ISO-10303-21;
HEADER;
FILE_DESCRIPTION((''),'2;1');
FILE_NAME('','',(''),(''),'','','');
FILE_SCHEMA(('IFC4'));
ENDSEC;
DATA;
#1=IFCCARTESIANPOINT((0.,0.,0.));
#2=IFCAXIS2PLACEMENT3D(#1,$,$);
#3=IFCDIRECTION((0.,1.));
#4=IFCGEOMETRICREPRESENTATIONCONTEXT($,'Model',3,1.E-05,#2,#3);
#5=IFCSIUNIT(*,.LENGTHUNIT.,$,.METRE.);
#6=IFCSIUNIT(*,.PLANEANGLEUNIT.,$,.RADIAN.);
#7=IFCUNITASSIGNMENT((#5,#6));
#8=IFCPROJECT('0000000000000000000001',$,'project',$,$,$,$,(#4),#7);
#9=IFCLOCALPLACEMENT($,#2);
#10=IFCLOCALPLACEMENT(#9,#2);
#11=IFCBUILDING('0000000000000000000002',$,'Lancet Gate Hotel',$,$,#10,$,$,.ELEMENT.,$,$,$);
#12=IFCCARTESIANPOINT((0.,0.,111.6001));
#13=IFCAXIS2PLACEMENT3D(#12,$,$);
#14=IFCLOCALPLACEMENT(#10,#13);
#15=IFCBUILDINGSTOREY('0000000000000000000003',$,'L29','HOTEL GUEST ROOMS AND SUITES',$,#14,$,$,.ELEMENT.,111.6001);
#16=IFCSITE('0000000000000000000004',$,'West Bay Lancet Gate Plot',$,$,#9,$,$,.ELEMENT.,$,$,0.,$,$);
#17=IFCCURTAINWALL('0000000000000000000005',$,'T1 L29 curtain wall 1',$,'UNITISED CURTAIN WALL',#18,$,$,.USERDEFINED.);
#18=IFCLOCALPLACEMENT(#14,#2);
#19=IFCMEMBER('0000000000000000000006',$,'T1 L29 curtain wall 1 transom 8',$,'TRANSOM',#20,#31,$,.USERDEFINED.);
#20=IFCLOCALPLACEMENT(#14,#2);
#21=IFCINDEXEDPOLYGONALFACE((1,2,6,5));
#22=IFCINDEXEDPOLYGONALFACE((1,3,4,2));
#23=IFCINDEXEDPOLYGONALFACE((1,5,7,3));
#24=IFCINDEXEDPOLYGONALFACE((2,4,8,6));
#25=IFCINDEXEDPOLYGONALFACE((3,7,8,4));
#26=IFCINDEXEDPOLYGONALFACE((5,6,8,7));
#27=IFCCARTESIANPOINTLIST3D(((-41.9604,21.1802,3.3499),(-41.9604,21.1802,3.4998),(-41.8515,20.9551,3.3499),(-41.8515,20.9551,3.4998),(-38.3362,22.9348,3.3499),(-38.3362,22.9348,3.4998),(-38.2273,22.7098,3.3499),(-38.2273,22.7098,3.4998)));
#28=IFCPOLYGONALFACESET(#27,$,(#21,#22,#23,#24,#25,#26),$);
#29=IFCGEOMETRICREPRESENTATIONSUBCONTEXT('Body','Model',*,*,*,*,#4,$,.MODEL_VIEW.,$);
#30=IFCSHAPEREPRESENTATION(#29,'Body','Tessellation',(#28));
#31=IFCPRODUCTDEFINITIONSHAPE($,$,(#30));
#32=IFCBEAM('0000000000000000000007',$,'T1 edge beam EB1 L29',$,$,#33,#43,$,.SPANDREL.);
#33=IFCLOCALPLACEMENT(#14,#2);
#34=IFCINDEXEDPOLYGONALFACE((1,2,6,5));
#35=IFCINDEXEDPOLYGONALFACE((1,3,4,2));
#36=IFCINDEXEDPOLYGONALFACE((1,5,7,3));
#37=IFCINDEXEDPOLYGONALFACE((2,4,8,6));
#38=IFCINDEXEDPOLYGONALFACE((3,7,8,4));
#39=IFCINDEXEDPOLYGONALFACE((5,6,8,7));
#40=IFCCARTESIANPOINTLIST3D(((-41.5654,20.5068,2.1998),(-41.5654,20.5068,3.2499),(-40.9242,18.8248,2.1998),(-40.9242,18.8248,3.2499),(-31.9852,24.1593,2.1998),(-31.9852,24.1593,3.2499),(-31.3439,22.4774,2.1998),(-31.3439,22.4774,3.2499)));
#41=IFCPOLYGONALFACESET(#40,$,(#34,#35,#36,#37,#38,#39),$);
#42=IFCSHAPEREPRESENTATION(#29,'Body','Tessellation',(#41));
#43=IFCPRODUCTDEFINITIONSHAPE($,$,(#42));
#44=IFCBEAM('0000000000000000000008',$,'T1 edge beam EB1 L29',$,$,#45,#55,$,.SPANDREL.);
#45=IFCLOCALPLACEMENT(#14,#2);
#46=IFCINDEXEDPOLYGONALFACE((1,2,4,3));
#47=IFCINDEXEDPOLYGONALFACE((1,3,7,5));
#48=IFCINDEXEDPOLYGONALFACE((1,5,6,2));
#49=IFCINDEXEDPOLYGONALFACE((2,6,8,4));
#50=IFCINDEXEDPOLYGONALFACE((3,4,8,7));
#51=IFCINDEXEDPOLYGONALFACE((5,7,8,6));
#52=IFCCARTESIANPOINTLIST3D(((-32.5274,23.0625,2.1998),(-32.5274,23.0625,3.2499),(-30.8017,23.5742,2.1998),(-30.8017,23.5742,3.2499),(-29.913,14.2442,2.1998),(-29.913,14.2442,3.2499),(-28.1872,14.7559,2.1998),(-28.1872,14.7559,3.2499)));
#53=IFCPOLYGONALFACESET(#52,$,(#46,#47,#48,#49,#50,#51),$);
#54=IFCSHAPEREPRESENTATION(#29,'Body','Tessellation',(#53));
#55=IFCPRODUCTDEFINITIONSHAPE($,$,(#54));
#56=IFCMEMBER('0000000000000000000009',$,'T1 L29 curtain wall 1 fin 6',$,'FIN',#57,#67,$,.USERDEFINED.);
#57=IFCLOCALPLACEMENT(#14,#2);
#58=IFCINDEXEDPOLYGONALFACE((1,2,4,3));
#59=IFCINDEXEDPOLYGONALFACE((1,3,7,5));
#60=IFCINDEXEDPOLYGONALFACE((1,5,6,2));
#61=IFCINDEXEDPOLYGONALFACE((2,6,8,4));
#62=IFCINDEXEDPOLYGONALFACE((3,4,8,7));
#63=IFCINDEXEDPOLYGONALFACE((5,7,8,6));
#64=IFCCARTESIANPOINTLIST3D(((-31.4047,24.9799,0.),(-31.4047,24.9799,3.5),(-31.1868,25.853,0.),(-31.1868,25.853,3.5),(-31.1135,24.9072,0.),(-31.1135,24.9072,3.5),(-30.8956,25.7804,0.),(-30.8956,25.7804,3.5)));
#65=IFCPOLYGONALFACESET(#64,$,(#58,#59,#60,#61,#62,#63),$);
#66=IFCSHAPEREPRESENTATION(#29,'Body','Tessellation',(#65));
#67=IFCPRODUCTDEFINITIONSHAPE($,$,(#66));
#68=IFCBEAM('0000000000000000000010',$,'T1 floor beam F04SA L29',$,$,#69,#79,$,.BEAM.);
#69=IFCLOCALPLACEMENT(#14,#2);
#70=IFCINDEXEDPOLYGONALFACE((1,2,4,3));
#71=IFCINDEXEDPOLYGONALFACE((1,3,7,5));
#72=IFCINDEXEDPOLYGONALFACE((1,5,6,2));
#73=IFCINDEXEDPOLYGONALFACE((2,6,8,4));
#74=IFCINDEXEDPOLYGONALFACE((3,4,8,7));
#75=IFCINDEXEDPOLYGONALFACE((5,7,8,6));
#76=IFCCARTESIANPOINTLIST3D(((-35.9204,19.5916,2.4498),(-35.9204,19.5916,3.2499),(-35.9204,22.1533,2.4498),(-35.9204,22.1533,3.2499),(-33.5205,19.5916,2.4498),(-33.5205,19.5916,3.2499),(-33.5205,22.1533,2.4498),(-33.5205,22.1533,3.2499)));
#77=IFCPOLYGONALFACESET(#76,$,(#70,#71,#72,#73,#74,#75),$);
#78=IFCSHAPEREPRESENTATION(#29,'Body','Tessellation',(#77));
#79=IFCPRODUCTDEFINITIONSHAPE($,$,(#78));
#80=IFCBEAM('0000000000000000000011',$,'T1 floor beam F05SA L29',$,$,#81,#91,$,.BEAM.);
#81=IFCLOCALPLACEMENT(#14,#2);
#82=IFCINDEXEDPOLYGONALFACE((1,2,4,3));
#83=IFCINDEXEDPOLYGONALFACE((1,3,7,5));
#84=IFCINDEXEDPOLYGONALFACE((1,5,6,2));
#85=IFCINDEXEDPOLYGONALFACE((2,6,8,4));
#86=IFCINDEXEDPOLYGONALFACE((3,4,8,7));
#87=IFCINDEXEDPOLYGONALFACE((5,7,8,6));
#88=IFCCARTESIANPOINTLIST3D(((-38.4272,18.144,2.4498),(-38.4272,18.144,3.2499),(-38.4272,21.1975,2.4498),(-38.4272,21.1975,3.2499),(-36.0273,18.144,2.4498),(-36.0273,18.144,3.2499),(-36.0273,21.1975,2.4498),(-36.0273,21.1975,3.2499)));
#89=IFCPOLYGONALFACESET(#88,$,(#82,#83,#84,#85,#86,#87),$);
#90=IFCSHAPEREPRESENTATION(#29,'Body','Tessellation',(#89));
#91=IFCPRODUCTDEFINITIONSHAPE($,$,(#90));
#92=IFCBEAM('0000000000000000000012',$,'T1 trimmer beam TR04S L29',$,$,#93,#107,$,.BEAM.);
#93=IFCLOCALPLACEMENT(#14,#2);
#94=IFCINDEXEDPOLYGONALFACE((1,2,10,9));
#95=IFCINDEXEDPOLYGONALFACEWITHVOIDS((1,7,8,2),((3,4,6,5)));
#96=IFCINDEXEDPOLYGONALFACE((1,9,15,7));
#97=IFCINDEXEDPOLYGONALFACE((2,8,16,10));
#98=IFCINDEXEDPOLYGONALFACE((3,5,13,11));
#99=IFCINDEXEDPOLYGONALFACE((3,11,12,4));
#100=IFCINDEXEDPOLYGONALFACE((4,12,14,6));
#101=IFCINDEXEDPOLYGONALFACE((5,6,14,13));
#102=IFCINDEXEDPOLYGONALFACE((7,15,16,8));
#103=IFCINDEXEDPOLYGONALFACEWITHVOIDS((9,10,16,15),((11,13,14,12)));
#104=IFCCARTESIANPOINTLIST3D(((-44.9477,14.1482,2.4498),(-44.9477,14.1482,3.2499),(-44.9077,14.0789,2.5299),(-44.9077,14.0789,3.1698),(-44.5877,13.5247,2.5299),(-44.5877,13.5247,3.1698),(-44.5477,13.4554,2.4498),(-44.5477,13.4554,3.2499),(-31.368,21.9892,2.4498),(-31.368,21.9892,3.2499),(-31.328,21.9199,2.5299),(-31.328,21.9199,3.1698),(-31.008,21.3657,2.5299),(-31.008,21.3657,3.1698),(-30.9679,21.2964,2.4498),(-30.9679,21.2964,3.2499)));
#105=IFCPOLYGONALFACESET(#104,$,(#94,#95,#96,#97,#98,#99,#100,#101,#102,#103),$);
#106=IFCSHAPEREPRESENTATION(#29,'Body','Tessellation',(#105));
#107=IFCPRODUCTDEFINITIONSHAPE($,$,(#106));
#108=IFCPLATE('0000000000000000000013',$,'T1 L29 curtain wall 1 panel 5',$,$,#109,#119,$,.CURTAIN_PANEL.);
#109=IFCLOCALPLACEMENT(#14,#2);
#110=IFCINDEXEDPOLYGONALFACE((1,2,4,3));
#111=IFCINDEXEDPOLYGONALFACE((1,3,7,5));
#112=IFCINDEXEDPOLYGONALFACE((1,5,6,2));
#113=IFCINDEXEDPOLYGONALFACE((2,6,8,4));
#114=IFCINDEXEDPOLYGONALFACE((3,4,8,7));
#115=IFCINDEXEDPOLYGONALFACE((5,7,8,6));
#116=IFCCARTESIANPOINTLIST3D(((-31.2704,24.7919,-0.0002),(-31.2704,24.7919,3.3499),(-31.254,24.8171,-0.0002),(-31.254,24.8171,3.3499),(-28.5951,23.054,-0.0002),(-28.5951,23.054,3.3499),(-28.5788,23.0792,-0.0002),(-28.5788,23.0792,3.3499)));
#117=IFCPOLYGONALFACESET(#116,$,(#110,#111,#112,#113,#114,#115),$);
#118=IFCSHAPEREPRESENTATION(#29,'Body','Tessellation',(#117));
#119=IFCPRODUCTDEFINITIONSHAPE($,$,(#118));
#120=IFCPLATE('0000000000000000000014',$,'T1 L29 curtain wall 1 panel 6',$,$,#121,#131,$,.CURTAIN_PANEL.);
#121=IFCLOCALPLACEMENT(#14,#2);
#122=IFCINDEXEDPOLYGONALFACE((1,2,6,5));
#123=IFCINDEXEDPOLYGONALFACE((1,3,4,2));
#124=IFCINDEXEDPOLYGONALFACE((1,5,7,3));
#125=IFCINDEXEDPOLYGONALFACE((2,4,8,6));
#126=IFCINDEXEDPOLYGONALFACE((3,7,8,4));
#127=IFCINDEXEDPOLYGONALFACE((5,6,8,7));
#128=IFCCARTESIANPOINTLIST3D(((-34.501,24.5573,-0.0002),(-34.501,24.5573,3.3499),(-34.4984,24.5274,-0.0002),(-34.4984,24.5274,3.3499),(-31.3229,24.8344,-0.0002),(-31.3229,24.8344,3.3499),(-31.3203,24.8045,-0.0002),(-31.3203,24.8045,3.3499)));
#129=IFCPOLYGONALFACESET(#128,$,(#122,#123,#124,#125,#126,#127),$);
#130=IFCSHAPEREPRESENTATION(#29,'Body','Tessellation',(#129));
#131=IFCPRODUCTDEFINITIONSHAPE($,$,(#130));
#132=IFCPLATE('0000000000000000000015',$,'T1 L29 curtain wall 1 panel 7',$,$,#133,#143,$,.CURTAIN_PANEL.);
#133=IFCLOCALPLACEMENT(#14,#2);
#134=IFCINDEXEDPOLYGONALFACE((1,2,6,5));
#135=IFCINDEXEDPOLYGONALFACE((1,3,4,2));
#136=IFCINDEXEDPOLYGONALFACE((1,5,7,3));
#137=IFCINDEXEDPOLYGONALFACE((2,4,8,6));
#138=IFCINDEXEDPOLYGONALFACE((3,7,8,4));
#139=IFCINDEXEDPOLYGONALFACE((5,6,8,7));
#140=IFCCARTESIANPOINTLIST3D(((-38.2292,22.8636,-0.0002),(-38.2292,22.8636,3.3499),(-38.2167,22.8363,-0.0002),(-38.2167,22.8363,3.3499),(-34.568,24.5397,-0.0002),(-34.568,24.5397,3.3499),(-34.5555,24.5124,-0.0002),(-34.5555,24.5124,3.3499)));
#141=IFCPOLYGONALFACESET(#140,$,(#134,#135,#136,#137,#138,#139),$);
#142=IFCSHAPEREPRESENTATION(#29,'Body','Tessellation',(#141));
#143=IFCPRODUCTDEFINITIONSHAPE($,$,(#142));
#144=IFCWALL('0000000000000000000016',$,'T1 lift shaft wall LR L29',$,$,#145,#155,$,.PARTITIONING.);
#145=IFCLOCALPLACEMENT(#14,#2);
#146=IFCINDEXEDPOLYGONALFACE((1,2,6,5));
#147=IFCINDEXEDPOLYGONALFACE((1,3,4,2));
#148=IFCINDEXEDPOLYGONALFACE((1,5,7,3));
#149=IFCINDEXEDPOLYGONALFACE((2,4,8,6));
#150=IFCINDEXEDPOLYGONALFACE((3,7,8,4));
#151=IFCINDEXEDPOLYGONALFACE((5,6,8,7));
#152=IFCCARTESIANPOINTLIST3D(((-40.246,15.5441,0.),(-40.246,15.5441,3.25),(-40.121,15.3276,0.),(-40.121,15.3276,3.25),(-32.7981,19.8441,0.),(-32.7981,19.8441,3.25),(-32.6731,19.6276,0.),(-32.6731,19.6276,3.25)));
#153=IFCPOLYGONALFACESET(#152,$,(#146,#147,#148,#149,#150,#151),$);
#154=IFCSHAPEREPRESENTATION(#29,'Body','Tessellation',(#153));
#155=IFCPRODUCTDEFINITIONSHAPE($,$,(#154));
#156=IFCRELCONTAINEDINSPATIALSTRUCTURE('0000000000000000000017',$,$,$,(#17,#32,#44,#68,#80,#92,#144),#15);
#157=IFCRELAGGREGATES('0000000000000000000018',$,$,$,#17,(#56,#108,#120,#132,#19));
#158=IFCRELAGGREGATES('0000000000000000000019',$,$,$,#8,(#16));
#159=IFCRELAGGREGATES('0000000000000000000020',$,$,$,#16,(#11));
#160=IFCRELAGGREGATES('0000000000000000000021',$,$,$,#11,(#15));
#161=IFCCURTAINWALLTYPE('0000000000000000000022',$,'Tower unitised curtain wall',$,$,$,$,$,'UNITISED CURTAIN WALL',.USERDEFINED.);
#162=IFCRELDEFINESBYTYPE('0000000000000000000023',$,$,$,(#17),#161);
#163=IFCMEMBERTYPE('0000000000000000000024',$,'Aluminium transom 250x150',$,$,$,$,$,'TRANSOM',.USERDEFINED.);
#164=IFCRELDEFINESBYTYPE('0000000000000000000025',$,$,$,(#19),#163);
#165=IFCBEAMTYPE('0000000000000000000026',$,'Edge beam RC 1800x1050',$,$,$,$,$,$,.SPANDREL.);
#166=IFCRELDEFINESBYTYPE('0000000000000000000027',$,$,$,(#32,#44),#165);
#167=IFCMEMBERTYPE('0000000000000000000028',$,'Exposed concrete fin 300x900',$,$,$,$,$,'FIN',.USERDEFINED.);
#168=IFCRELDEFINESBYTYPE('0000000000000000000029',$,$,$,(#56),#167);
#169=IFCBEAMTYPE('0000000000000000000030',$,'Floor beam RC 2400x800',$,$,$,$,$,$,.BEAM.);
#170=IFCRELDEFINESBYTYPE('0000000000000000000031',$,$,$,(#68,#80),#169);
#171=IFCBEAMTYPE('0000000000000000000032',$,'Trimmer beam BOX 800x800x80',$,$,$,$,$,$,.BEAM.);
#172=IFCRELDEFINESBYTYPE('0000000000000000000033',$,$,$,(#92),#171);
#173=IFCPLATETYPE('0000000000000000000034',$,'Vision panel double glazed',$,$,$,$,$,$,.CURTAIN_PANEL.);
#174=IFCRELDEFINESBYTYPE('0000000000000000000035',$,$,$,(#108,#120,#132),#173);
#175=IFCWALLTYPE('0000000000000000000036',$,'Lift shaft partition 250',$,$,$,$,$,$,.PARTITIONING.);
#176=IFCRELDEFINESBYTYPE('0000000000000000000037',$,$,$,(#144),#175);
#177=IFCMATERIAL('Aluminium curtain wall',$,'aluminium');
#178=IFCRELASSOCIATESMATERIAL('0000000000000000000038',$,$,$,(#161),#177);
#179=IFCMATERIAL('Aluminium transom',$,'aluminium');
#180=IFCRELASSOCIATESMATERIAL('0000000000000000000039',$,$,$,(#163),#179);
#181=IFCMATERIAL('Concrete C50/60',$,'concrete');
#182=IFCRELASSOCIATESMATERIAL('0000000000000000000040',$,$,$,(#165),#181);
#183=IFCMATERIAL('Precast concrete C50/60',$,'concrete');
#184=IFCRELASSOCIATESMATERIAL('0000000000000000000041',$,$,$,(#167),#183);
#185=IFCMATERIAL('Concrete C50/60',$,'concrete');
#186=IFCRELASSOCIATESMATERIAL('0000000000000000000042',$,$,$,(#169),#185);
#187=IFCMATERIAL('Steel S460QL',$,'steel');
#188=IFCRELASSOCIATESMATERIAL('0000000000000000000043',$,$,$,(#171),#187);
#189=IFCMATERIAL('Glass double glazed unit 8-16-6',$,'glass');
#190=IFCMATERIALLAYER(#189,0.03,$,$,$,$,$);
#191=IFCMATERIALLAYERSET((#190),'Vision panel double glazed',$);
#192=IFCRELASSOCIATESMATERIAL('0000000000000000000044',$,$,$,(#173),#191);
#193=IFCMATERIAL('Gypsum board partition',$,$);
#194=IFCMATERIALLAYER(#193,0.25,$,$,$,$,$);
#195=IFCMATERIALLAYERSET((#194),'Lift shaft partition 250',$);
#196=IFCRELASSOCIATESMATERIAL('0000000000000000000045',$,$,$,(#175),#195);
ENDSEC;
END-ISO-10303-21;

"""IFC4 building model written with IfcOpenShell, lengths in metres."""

from ifc_helpers import new_model, si_unit, direction, frame, frame_2d, origin, origin_2d, place, context, subcontext, project, spatial, rectangle, hollow_rectangle, extrude, material, layer, layer_set, material_profile, profile_set, type_object, element, aggregate, save


model = new_model("IFC4")

# Units and contexts
model_context = context("Model", 3, precision=1e-05, world=origin(), true_north=direction((0.0, 1.0)))
body_context = subcontext(model_context, "Body", "Model", "MODEL_VIEW")
ifc_project = project(units=[si_unit("LENGTHUNIT", "METRE"), si_unit("PLANEANGLEUNIT", "RADIAN")], contexts=[model_context])

# Site, building, storey
site_placement = place(None, origin())
site = spatial("IfcSite", under=ifc_project, at=site_placement, Name="West Bay Lancet Gate Plot", CompositionType="ELEMENT", RefElevation=0.0)
building_placement = place(site_placement, origin())
building = spatial("IfcBuilding", under=site, at=building_placement, Name="Lancet Gate Hotel", CompositionType="ELEMENT")
storey_placement = place(building_placement, frame((0.0, 0.0, 111.6001)))
storey = spatial("IfcBuildingStorey", under=building, at=storey_placement, Name="L29", Description="HOTEL GUEST ROOMS AND SUITES", CompositionType="ELEMENT", Elevation=111.6001)

# Curtain wall, member
ifc_material_1 = material(Name="Aluminium curtain wall", Category="aluminium")
curtain_wall_type = type_object("IfcCurtainWallType", Name="Tower unitised curtain wall", ElementType="UNITISED CURTAIN WALL", PredefinedType="USERDEFINED", material=ifc_material_1)
curtain_wall_placement = place(storey_placement, origin())
curtain_wall = element("IfcCurtainWall", 1, at=curtain_wall_placement, inside=storey, type_object=curtain_wall_type, Name="T1 L29 curtain wall 1", ObjectType="UNITISED CURTAIN WALL", PredefinedType="USERDEFINED")
ifc_material_2 = material(Name="Aluminium transom", Category="aluminium")
ifc_material_profile_1 = material_profile(ifc_material_2, rectangle(XDim=0.25, YDim=0.1499, at=origin_2d()), Name="TRANSOM 250x150")
ifc_profile_set_1 = profile_set([ifc_material_profile_1], Name="Aluminium transom")
member_type_1 = type_object("IfcMemberType", Name="Aluminium transom 250x150", ElementType="TRANSOM", PredefinedType="USERDEFINED", material=ifc_profile_set_1)
member_1_placement = place(storey_placement, frame((-38.2817, 22.8223, 3.4248), z_axis=(-0.900066, -0.435754, 0.0), x_axis=(0.435754, -0.900066, 0.0)))
member_1 = element("IfcMember", 2, at=member_1_placement, type_object=member_type_1, Name="T1 L29 curtain wall 1 transom 8", ObjectType="TRANSOM", PredefinedType="USERDEFINED", context=body_context, shape_type="SweptSolid", body=[
    extrude(rectangle(XDim=0.25, YDim=0.1499, at=origin_2d()), origin(), (0.0, 0.0, 1.0), 4.0266),
])

# Beams
ifc_material_3 = material(Name="Concrete C50/60", Category="concrete")
ifc_material_profile_2 = material_profile(ifc_material_3, rectangle(XDim=1.8, YDim=1.05, at=origin_2d()), Name="RC 1800x1050")
ifc_profile_set_2 = profile_set([ifc_material_profile_2], Name="Concrete C50/60")
beam_type_1 = type_object("IfcBeamType", Name="Edge beam RC 1800x1050", PredefinedType="SPANDREL", material=ifc_profile_set_2)
beam_1_placement = place(storey_placement, frame((-31.6646, 23.3184, 2.7249), z_axis=(-0.934392, -0.356246, 0.0), x_axis=(0.356246, -0.934392, 0.0)))
element("IfcBeam", 3, at=beam_1_placement, inside=storey, type_object=beam_type_1, Name="T1 edge beam EB1 L29", PredefinedType="SPANDREL", context=body_context, shape_type="SweptSolid", body=[
    extrude(rectangle(XDim=1.8, YDim=1.05, at=origin_2d()), origin(), (0.0, 0.0, 1.0), 10.2529),
])
beam_2_placement = place(storey_placement, frame((-31.6646, 23.3184, 2.7249), z_axis=(0.284254, -0.958749, 0.0), x_axis=(0.958749, 0.284254, 0.0)))
element("IfcBeam", 4, at=beam_2_placement, inside=storey, type_object=beam_type_1, Name="T1 edge beam EB1 L29", PredefinedType="SPANDREL", context=body_context, shape_type="SweptSolid", body=[
    extrude(rectangle(XDim=1.8, YDim=1.05, at=origin_2d()), origin(), (0.0, 0.0, 1.0), 9.1978),
])

# Member
ifc_material_4 = material(Name="Precast concrete C50/60", Category="concrete")
ifc_material_profile_3 = material_profile(ifc_material_4, rectangle(XDim=0.3, YDim=0.8999, at=origin_2d()), Name="FIN 300x900")
ifc_profile_set_3 = profile_set([ifc_material_profile_3], Name="Precast concrete C50/60")
member_type_2 = type_object("IfcMemberType", Name="Exposed concrete fin 300x900", ElementType="FIN", PredefinedType="USERDEFINED", material=ifc_profile_set_3)
member_2_placement = place(storey_placement, frame((-31.1501, 25.3801, 0.0), z_axis=(0.0, 0.0, 1.0), x_axis=(-0.970242, 0.242137, 0.0)))
member_2 = element("IfcMember", 5, at=member_2_placement, type_object=member_type_2, Name="T1 L29 curtain wall 1 fin 6", ObjectType="FIN", PredefinedType="USERDEFINED", context=body_context, shape_type="SweptSolid", body=[
    extrude(rectangle(XDim=0.3, YDim=0.8999, at=origin_2d()), origin(), (0.0, 0.0, 1.0), 3.5),
])

# Beams
ifc_material_5 = material(Name="Concrete C50/60", Category="concrete")
ifc_material_profile_4 = material_profile(ifc_material_5, rectangle(XDim=2.3999, YDim=0.8, at=origin_2d()), Name="RC 2400x800")
ifc_profile_set_4 = profile_set([ifc_material_profile_4], Name="Concrete C50/60")
beam_type_2 = type_object("IfcBeamType", Name="Floor beam RC 2400x800", PredefinedType="BEAM", material=ifc_profile_set_4)
beam_3_placement = place(storey_placement, frame((-34.7205, 22.1533, 2.8499), z_axis=(0.0, -1.0, 0.0), x_axis=(1.0, 0.0, 0.0)))
element("IfcBeam", 6, at=beam_3_placement, inside=storey, type_object=beam_type_2, Name="T1 floor beam F04SA L29", PredefinedType="BEAM", context=body_context, shape_type="SweptSolid", body=[
    extrude(rectangle(XDim=2.3999, YDim=0.8, at=origin_2d()), origin(), (0.0, 0.0, 1.0), 2.5618),
])
beam_4_placement = place(storey_placement, frame((-37.2273, 21.1975, 2.8499), z_axis=(0.0, -1.0, 0.0), x_axis=(1.0, 0.0, 0.0)))
element("IfcBeam", 7, at=beam_4_placement, inside=storey, type_object=beam_type_2, Name="T1 floor beam F05SA L29", PredefinedType="BEAM", context=body_context, shape_type="SweptSolid", body=[
    extrude(rectangle(XDim=2.3999, YDim=0.8, at=origin_2d()), origin(), (0.0, 0.0, 1.0), 3.0535),
])
ifc_material_6 = material(Name="Steel S460QL", Category="steel")
ifc_material_profile_5 = material_profile(ifc_material_6, hollow_rectangle(XDim=0.8, YDim=0.8, WallThickness=0.0801, at=origin_2d()), Name="BOX 800x800x80")
ifc_profile_set_5 = profile_set([ifc_material_profile_5], Name="Steel S460QL")
beam_type_3 = type_object("IfcBeamType", Name="Trimmer beam BOX 800x800x80", PredefinedType="BEAM", material=ifc_profile_set_5)
beam_5_placement = place(storey_placement, frame((-31.168, 21.6428, 2.8499), z_axis=(-0.866005, -0.500036, 0.0), x_axis=(0.500036, -0.866005, 0.0)))
element("IfcBeam", 8, at=beam_5_placement, inside=storey, type_object=beam_type_3, Name="T1 trimmer beam TR04S L29", PredefinedType="BEAM", context=body_context, shape_type="SweptSolid", body=[
    extrude(hollow_rectangle(XDim=0.8, YDim=0.8, WallThickness=0.0801, at=origin_2d()), origin(), (0.0, 0.0, 1.0), 15.6809),
])

# Plates
ifc_material_7 = material(Name="Glass double glazed unit 8-16-6", Category="glass")
ifc_layer_1 = layer(ifc_material_7, 0.03)
ifc_layer_set_1 = layer_set([ifc_layer_1], Name="Vision panel double glazed")
plate_type = type_object("IfcPlateType", Name="Vision panel double glazed", PredefinedType="CURTAIN_PANEL", material=ifc_layer_set_1)
plate_1_placement = place(storey_placement, frame((-29.9246, 23.9355, -0.0002), z_axis=(0.0, 0.0, 1.0), x_axis=(-0.83858, 0.544778, 0.0)))
plate_1 = element("IfcPlate", 9, at=plate_1_placement, type_object=plate_type, Name="T1 L29 curtain wall 1 panel 5", PredefinedType="CURTAIN_PANEL", context=body_context, shape_type="SweptSolid", body=[
    extrude(rectangle(XDim=3.1902, YDim=0.03, at=origin_2d()), origin(), (0.0, 0.0, 1.0), 3.3501),
])
plate_2_placement = place(storey_placement, frame((-32.9106, 24.6809, -0.0002), z_axis=(0.0, 0.0, 1.0), x_axis=(-0.996219, -0.08688, 0.0)))
plate_2 = element("IfcPlate", 10, at=plate_2_placement, type_object=plate_type, Name="T1 L29 curtain wall 1 panel 6", PredefinedType="CURTAIN_PANEL", context=body_context, shape_type="SweptSolid", body=[
    extrude(rectangle(XDim=3.1902, YDim=0.03, at=origin_2d()), origin(), (0.0, 0.0, 1.0), 3.3501),
])
plate_3_placement = place(storey_placement, frame((-36.3923, 23.688, -0.0002), z_axis=(0.0, 0.0, 1.0), x_axis=(-0.909253, -0.416245, 0.0)))
plate_3 = element("IfcPlate", 11, at=plate_3_placement, type_object=plate_type, Name="T1 L29 curtain wall 1 panel 7", PredefinedType="CURTAIN_PANEL", context=body_context, shape_type="SweptSolid", body=[
    extrude(rectangle(XDim=4.0266, YDim=0.03, at=origin_2d()), origin(), (0.0, 0.0, 1.0), 3.3501),
])
aggregate(curtain_wall, [member_2, plate_1, plate_2, plate_3, member_1])

# Wall
ifc_material_8 = material(Name="Gypsum board partition")
ifc_layer_2 = layer(ifc_material_8, 0.25)
ifc_layer_set_2 = layer_set([ifc_layer_2], Name="Lift shaft partition 250")
wall_type = type_object("IfcWallType", Name="Lift shaft partition 250", PredefinedType="PARTITIONING", material=ifc_layer_set_2)
wall_placement = place(storey_placement, frame((-32.7356, 19.7358, 0.0), z_axis=(0.0, 0.0, 1.0), x_axis=(-0.866028, -0.499995, 0.0)))
element("IfcWall", 12, at=wall_placement, inside=storey, type_object=wall_type, Name="T1 lift shaft wall LR L29", PredefinedType="PARTITIONING", context=body_context, shape_type="SweptSolid", body=[
    extrude(rectangle(XDim=8.6001, YDim=0.25, at=frame_2d((4.3, 0.0))), origin(), (0.0, 0.0, 1.0), 3.25),
])

save(model, "model.ifc")
